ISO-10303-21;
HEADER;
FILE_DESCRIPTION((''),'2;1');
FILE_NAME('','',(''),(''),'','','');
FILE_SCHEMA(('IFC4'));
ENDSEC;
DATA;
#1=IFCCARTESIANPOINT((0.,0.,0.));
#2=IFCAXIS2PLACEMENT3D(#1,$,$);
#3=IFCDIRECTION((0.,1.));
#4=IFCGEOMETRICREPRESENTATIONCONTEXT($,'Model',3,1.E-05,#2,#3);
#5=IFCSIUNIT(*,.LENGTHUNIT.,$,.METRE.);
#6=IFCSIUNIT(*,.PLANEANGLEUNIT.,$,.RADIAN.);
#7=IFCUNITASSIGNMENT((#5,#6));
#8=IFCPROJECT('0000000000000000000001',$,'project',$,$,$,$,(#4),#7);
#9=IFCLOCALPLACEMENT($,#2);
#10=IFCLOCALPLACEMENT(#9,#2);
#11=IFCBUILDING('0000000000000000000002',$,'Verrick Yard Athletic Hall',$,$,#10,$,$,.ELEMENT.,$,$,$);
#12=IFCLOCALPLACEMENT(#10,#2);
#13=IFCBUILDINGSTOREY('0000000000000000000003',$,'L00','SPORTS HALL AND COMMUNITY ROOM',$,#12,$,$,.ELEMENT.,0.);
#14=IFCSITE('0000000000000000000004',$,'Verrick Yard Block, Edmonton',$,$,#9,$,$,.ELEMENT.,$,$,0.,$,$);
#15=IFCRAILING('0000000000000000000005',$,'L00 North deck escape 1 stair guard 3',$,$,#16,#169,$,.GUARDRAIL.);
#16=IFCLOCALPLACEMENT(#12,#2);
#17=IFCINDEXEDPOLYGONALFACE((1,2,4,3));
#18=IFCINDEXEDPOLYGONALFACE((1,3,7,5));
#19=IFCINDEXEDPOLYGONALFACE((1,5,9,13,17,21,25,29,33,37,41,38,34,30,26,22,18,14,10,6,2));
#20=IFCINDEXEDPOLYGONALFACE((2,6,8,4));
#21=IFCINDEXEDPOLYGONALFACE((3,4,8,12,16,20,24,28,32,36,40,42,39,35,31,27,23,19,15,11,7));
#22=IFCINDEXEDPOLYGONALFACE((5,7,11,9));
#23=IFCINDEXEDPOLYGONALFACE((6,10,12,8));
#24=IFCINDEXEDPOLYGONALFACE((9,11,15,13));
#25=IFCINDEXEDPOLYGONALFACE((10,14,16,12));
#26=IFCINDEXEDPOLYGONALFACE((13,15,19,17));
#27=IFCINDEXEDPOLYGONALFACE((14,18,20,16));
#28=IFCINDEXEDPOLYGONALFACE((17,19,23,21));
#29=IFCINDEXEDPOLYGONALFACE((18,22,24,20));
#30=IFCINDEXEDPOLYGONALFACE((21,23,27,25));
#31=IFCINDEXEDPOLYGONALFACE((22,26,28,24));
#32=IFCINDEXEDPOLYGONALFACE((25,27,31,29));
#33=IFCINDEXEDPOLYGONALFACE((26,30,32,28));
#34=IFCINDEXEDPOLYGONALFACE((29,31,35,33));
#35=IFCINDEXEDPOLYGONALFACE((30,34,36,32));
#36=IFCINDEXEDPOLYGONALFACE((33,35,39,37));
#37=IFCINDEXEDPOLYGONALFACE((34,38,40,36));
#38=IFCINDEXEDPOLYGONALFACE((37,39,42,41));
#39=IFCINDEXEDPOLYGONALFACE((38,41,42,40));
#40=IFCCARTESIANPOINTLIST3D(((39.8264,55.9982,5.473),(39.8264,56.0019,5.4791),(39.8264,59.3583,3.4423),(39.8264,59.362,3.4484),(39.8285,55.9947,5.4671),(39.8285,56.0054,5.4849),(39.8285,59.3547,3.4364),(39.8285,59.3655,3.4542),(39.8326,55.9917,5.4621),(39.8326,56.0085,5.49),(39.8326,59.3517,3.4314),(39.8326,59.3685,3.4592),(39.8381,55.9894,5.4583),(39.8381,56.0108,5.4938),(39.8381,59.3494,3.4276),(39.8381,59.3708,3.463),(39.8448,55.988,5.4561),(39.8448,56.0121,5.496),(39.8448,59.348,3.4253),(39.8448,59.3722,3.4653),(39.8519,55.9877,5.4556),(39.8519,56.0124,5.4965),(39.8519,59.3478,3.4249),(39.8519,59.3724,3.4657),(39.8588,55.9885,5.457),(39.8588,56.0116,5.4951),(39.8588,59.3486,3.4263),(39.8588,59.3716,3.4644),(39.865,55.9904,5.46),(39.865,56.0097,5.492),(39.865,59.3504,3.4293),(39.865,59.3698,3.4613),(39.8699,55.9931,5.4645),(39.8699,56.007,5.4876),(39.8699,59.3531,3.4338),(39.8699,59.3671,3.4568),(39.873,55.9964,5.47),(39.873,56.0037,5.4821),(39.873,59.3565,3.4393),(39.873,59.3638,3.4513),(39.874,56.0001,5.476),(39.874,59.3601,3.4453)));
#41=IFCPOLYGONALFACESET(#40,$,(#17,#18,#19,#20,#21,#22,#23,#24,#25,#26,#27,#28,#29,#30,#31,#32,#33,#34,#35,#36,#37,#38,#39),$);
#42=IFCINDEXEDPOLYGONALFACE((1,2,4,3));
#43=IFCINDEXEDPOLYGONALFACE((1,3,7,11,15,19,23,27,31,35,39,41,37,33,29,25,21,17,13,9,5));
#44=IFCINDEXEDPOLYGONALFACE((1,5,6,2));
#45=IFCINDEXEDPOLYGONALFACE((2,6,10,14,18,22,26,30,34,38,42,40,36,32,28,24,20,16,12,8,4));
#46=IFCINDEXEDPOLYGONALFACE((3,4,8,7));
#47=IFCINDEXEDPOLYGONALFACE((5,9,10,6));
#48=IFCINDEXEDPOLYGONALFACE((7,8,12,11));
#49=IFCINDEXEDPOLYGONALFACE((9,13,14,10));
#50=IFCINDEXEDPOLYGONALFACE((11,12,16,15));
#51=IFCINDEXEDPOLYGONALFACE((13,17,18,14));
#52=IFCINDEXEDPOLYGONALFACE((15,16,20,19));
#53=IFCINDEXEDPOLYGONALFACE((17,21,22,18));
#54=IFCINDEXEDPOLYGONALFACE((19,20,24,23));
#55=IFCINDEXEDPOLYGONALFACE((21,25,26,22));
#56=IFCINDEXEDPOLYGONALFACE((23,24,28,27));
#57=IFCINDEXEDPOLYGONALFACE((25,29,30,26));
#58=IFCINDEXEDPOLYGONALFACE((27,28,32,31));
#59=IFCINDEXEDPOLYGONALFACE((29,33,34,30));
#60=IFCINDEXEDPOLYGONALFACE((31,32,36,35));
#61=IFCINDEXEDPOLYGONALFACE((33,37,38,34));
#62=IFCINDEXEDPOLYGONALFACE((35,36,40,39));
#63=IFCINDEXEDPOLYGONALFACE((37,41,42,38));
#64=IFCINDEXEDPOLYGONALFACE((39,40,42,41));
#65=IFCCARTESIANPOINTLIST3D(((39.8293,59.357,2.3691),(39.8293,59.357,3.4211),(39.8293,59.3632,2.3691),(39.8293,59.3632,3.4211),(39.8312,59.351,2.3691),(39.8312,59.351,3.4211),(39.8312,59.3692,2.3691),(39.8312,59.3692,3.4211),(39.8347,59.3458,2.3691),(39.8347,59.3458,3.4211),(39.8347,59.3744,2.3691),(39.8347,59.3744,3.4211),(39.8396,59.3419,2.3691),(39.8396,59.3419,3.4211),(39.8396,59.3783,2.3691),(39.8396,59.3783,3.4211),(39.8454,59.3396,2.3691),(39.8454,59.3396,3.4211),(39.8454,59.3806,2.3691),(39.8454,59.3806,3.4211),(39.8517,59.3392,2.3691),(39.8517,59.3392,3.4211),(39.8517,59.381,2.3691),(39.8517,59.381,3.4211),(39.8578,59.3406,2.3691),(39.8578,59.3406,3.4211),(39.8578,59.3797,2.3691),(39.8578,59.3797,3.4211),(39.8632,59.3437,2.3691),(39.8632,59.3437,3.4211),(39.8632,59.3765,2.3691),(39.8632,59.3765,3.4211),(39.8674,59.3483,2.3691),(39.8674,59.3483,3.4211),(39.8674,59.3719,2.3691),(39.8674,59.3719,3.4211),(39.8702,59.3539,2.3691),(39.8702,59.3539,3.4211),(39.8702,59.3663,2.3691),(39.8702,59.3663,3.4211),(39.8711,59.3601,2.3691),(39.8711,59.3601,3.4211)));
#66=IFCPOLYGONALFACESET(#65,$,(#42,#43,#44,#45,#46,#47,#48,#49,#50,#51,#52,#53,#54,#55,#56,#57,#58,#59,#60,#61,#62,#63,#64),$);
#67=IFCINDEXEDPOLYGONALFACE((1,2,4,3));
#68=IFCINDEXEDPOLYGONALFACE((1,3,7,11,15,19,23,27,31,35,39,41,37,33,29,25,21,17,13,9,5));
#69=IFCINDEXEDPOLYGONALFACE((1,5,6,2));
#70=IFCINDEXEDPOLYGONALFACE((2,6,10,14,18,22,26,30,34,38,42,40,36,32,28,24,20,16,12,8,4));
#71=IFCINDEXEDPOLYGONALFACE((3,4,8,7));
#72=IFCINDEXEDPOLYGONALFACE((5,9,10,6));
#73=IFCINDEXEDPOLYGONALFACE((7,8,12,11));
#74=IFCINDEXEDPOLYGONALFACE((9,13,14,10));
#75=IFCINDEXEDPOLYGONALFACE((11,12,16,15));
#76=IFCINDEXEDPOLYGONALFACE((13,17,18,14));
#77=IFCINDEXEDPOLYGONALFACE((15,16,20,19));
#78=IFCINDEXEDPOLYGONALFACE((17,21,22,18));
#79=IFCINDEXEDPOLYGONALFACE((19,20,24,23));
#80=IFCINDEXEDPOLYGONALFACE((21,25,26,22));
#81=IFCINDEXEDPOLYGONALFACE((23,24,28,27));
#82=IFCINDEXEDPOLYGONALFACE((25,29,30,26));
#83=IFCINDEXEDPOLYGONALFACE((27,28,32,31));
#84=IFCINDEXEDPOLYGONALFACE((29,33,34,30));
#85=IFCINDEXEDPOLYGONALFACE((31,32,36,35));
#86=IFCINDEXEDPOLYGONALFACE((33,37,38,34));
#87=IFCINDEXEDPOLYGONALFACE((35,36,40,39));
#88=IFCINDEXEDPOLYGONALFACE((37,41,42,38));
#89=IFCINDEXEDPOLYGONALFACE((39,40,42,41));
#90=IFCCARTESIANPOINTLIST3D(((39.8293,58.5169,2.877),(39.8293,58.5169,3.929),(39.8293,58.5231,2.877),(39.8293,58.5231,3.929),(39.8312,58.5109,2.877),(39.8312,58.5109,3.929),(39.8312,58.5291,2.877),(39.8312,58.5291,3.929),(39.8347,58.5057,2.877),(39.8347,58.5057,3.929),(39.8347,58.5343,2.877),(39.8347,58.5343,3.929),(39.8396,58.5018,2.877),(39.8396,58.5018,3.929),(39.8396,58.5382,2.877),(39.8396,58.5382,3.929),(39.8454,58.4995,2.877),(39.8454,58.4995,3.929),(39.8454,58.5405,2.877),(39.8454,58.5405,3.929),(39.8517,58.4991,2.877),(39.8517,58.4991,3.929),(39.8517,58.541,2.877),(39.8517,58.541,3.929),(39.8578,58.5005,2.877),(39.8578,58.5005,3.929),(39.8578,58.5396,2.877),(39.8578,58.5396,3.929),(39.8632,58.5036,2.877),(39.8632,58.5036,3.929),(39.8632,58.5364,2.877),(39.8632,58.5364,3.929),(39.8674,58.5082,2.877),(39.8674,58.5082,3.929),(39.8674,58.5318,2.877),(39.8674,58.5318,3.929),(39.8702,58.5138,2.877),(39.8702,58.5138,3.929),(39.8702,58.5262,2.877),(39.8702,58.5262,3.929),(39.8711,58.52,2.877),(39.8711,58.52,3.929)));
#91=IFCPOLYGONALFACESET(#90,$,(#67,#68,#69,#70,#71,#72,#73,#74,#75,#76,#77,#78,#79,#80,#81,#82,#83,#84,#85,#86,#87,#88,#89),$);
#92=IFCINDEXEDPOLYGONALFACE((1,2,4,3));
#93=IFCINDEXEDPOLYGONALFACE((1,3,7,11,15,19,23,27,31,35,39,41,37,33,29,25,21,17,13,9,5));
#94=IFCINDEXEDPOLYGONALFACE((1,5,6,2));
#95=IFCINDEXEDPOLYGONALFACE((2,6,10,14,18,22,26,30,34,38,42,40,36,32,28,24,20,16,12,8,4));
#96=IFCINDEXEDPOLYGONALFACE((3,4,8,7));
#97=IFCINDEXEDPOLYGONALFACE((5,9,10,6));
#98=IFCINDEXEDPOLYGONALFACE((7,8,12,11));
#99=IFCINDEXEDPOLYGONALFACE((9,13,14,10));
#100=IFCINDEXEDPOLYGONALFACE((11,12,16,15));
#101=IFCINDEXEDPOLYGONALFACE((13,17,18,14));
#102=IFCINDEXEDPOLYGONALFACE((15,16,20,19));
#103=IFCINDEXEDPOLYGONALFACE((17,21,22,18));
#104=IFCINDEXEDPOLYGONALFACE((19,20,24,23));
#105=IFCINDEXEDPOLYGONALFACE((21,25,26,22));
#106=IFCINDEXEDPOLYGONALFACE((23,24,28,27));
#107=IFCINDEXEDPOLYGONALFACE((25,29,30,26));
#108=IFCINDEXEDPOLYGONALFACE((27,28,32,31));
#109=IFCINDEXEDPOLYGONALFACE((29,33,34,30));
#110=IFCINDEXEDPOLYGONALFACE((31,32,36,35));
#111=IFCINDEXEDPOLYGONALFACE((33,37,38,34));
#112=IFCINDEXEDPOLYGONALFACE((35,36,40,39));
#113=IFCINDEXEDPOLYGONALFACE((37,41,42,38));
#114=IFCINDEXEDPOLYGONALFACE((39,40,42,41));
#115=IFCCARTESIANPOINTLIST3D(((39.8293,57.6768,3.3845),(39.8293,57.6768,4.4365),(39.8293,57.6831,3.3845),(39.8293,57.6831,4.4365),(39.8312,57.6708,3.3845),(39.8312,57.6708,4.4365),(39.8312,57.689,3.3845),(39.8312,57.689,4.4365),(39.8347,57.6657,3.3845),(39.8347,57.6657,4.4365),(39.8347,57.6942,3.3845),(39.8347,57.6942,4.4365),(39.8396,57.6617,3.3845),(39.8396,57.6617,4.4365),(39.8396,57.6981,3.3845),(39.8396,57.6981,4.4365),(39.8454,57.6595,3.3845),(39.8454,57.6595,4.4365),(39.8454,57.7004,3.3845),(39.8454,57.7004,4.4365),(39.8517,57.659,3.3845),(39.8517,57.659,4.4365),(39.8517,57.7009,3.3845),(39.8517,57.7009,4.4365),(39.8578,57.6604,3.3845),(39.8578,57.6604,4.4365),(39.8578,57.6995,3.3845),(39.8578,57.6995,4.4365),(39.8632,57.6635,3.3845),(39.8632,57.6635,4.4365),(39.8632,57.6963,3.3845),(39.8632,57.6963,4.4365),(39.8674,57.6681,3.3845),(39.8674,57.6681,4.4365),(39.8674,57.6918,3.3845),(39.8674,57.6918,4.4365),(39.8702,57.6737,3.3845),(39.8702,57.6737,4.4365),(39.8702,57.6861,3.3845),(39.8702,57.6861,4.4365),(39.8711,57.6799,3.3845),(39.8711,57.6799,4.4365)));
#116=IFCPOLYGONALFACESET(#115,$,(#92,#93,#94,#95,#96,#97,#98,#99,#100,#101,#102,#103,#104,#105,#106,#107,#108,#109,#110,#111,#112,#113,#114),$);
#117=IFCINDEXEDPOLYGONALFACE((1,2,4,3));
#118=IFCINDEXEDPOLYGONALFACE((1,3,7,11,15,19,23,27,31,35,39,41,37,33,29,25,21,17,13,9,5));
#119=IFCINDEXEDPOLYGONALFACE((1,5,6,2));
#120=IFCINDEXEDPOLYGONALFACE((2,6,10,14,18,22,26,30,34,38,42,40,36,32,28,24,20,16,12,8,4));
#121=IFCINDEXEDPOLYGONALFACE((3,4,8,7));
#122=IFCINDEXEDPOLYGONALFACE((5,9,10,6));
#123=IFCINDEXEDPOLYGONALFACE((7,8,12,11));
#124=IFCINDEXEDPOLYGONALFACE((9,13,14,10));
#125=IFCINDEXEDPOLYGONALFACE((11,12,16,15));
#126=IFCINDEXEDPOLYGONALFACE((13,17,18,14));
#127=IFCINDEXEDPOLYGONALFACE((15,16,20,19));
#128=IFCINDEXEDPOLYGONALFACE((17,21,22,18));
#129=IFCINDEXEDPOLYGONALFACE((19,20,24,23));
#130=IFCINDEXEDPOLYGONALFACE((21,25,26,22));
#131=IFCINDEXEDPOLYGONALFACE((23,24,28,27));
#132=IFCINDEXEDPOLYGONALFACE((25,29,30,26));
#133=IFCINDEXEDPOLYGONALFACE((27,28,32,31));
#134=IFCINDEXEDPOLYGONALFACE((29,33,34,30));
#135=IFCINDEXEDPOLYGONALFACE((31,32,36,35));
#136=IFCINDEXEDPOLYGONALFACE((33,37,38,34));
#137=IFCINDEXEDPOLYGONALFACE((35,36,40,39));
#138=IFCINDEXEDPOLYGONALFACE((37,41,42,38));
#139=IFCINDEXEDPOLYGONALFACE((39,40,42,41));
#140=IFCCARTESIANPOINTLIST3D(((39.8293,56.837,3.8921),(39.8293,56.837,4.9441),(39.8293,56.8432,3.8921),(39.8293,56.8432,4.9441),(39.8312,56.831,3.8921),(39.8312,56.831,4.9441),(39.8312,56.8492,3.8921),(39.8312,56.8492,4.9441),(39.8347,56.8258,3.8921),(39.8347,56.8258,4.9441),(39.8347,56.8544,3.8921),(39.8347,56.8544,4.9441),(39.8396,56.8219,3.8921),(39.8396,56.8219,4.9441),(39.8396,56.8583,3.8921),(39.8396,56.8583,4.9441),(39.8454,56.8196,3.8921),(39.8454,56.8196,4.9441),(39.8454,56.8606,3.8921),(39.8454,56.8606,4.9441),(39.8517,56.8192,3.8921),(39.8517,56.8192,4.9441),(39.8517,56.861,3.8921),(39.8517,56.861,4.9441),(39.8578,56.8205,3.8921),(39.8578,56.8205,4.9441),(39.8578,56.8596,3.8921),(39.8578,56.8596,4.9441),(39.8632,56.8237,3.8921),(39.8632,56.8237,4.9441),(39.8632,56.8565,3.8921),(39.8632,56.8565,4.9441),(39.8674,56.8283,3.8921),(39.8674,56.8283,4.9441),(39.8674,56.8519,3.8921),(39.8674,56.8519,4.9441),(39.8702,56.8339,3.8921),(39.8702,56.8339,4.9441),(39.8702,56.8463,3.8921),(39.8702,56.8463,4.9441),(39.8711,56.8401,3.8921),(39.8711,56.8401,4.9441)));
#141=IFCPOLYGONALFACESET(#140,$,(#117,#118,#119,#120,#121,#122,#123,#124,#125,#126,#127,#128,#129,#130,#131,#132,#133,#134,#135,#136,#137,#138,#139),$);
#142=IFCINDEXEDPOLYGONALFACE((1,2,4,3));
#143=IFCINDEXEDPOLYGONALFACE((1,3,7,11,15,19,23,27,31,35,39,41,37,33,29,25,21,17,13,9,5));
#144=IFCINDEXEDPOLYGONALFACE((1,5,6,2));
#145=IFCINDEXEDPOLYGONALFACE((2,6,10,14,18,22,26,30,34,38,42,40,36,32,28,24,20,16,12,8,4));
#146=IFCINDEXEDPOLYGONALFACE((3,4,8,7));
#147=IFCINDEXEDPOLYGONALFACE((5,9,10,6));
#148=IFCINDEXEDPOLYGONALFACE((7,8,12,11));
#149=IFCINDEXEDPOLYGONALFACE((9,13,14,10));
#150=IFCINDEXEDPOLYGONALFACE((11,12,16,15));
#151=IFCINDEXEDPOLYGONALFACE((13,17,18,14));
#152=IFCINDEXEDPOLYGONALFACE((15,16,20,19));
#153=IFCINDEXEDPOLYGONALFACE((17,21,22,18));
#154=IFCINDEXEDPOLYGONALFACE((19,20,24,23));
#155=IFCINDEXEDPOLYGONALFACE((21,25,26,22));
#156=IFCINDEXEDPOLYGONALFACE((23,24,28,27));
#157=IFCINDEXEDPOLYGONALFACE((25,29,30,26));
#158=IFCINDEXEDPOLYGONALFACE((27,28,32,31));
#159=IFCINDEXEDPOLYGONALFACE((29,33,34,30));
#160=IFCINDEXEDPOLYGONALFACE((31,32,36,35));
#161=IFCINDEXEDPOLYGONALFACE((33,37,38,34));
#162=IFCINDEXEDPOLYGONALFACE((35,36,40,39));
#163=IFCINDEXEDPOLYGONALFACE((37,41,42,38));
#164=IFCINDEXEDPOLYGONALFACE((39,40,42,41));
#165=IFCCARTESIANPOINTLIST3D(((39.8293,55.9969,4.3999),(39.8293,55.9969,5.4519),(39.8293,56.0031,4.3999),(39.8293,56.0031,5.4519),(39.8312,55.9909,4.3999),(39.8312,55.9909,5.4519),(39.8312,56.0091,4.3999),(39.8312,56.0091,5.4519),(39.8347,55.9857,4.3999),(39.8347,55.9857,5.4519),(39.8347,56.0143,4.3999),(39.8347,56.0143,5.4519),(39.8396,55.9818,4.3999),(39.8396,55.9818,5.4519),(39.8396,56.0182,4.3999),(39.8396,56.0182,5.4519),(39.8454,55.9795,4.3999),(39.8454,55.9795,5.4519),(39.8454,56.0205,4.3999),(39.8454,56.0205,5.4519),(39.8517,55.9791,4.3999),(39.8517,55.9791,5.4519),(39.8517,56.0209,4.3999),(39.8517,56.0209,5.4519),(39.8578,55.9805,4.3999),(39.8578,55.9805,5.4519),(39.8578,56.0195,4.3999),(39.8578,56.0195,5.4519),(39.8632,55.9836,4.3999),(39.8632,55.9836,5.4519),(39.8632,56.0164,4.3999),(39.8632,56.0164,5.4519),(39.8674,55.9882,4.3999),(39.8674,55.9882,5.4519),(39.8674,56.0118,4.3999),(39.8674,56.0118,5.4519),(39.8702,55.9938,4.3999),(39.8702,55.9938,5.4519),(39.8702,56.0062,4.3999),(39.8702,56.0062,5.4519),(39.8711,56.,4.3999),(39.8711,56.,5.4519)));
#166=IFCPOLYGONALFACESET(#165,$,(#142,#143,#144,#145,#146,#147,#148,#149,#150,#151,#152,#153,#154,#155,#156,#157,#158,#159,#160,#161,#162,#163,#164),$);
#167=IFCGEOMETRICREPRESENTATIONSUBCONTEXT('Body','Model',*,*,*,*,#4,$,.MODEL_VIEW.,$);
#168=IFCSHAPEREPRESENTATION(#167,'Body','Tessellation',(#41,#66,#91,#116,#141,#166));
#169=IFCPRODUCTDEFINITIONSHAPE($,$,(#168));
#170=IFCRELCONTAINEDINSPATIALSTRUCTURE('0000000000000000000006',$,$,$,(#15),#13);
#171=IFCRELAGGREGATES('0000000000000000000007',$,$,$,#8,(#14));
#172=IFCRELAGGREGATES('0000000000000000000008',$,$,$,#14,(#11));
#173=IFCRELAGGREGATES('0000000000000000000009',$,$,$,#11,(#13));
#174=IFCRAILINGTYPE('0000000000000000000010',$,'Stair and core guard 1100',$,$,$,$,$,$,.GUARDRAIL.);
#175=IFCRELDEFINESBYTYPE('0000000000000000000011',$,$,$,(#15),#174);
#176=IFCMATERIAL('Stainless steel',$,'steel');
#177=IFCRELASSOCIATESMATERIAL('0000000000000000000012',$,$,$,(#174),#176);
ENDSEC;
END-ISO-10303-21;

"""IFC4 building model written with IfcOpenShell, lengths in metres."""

from ifc_helpers import new_model, si_unit, direction, frame, origin, origin_2d, place, context, subcontext, project, spatial, circle, extrude, material, type_object, element, save


model = new_model("IFC4")

# Units and contexts
model_context = context("Model", 3, precision=1e-05, world=origin(), true_north=direction((0.0, 1.0)))
body_context = subcontext(model_context, "Body", "Model", "MODEL_VIEW")
ifc_project = project(units=[si_unit("LENGTHUNIT", "METRE"), si_unit("PLANEANGLEUNIT", "RADIAN")], contexts=[model_context])

# Site, building, storey
site_placement = place(None, origin())
site = spatial("IfcSite", under=ifc_project, at=site_placement, Name="Verrick Yard Block, Edmonton", CompositionType="ELEMENT", RefElevation=0.0)
building_placement = place(site_placement, origin())
building = spatial("IfcBuilding", under=site, at=building_placement, Name="Verrick Yard Athletic Hall", CompositionType="ELEMENT")
storey_placement = place(building_placement, origin())
storey = spatial("IfcBuildingStorey", under=building, at=storey_placement, Name="L00", Description="SPORTS HALL AND COMMUNITY ROOM", CompositionType="ELEMENT", Elevation=0.0)

# Railing
ifc_material_1 = material(Name="Stainless steel", Category="steel")
railing_type_1 = type_object("IfcRailingType", Name="Stair and core guard 1100", PredefinedType="GUARDRAIL", material=ifc_material_1)
railing_1_placement = place(storey_placement, frame((39.8501, 59.3601, 2.3691)))
element("IfcRailing", 1, at=railing_1_placement, inside=storey, type_object=railing_type_1, Name="L00 North deck escape 1 stair guard 3", PredefinedType="GUARDRAIL", context=body_context, shape_type="SweptSolid", body=[
    extrude(circle(Radius=0.0239, at=origin_2d()), frame((0.0, 0.0, 1.0762), z_axis=(0.0, -0.855837, 0.517246), x_axis=(1.0, 0.0, 0.0)), (0.0, 0.0, 1.0), 3.926),
    extrude(circle(Radius=0.021, at=origin_2d()), origin(), (0.0, 0.0, 1.0), 1.052),
    extrude(circle(Radius=0.021, at=origin_2d()), frame((0.0, -0.8401, 0.5078)), (0.0, 0.0, 1.0), 1.052),
    extrude(circle(Radius=0.021, at=origin_2d()), frame((0.0, -1.6802, 1.0154)), (0.0, 0.0, 1.0), 1.052),
    extrude(circle(Radius=0.021, at=origin_2d()), frame((0.0, -2.52, 1.5229)), (0.0, 0.0, 1.0), 1.052),
    extrude(circle(Radius=0.021, at=origin_2d()), frame((0.0, -3.3601, 2.0308)), (0.0, 0.0, 1.0), 1.052),
])

save(model, "model.ifc")
